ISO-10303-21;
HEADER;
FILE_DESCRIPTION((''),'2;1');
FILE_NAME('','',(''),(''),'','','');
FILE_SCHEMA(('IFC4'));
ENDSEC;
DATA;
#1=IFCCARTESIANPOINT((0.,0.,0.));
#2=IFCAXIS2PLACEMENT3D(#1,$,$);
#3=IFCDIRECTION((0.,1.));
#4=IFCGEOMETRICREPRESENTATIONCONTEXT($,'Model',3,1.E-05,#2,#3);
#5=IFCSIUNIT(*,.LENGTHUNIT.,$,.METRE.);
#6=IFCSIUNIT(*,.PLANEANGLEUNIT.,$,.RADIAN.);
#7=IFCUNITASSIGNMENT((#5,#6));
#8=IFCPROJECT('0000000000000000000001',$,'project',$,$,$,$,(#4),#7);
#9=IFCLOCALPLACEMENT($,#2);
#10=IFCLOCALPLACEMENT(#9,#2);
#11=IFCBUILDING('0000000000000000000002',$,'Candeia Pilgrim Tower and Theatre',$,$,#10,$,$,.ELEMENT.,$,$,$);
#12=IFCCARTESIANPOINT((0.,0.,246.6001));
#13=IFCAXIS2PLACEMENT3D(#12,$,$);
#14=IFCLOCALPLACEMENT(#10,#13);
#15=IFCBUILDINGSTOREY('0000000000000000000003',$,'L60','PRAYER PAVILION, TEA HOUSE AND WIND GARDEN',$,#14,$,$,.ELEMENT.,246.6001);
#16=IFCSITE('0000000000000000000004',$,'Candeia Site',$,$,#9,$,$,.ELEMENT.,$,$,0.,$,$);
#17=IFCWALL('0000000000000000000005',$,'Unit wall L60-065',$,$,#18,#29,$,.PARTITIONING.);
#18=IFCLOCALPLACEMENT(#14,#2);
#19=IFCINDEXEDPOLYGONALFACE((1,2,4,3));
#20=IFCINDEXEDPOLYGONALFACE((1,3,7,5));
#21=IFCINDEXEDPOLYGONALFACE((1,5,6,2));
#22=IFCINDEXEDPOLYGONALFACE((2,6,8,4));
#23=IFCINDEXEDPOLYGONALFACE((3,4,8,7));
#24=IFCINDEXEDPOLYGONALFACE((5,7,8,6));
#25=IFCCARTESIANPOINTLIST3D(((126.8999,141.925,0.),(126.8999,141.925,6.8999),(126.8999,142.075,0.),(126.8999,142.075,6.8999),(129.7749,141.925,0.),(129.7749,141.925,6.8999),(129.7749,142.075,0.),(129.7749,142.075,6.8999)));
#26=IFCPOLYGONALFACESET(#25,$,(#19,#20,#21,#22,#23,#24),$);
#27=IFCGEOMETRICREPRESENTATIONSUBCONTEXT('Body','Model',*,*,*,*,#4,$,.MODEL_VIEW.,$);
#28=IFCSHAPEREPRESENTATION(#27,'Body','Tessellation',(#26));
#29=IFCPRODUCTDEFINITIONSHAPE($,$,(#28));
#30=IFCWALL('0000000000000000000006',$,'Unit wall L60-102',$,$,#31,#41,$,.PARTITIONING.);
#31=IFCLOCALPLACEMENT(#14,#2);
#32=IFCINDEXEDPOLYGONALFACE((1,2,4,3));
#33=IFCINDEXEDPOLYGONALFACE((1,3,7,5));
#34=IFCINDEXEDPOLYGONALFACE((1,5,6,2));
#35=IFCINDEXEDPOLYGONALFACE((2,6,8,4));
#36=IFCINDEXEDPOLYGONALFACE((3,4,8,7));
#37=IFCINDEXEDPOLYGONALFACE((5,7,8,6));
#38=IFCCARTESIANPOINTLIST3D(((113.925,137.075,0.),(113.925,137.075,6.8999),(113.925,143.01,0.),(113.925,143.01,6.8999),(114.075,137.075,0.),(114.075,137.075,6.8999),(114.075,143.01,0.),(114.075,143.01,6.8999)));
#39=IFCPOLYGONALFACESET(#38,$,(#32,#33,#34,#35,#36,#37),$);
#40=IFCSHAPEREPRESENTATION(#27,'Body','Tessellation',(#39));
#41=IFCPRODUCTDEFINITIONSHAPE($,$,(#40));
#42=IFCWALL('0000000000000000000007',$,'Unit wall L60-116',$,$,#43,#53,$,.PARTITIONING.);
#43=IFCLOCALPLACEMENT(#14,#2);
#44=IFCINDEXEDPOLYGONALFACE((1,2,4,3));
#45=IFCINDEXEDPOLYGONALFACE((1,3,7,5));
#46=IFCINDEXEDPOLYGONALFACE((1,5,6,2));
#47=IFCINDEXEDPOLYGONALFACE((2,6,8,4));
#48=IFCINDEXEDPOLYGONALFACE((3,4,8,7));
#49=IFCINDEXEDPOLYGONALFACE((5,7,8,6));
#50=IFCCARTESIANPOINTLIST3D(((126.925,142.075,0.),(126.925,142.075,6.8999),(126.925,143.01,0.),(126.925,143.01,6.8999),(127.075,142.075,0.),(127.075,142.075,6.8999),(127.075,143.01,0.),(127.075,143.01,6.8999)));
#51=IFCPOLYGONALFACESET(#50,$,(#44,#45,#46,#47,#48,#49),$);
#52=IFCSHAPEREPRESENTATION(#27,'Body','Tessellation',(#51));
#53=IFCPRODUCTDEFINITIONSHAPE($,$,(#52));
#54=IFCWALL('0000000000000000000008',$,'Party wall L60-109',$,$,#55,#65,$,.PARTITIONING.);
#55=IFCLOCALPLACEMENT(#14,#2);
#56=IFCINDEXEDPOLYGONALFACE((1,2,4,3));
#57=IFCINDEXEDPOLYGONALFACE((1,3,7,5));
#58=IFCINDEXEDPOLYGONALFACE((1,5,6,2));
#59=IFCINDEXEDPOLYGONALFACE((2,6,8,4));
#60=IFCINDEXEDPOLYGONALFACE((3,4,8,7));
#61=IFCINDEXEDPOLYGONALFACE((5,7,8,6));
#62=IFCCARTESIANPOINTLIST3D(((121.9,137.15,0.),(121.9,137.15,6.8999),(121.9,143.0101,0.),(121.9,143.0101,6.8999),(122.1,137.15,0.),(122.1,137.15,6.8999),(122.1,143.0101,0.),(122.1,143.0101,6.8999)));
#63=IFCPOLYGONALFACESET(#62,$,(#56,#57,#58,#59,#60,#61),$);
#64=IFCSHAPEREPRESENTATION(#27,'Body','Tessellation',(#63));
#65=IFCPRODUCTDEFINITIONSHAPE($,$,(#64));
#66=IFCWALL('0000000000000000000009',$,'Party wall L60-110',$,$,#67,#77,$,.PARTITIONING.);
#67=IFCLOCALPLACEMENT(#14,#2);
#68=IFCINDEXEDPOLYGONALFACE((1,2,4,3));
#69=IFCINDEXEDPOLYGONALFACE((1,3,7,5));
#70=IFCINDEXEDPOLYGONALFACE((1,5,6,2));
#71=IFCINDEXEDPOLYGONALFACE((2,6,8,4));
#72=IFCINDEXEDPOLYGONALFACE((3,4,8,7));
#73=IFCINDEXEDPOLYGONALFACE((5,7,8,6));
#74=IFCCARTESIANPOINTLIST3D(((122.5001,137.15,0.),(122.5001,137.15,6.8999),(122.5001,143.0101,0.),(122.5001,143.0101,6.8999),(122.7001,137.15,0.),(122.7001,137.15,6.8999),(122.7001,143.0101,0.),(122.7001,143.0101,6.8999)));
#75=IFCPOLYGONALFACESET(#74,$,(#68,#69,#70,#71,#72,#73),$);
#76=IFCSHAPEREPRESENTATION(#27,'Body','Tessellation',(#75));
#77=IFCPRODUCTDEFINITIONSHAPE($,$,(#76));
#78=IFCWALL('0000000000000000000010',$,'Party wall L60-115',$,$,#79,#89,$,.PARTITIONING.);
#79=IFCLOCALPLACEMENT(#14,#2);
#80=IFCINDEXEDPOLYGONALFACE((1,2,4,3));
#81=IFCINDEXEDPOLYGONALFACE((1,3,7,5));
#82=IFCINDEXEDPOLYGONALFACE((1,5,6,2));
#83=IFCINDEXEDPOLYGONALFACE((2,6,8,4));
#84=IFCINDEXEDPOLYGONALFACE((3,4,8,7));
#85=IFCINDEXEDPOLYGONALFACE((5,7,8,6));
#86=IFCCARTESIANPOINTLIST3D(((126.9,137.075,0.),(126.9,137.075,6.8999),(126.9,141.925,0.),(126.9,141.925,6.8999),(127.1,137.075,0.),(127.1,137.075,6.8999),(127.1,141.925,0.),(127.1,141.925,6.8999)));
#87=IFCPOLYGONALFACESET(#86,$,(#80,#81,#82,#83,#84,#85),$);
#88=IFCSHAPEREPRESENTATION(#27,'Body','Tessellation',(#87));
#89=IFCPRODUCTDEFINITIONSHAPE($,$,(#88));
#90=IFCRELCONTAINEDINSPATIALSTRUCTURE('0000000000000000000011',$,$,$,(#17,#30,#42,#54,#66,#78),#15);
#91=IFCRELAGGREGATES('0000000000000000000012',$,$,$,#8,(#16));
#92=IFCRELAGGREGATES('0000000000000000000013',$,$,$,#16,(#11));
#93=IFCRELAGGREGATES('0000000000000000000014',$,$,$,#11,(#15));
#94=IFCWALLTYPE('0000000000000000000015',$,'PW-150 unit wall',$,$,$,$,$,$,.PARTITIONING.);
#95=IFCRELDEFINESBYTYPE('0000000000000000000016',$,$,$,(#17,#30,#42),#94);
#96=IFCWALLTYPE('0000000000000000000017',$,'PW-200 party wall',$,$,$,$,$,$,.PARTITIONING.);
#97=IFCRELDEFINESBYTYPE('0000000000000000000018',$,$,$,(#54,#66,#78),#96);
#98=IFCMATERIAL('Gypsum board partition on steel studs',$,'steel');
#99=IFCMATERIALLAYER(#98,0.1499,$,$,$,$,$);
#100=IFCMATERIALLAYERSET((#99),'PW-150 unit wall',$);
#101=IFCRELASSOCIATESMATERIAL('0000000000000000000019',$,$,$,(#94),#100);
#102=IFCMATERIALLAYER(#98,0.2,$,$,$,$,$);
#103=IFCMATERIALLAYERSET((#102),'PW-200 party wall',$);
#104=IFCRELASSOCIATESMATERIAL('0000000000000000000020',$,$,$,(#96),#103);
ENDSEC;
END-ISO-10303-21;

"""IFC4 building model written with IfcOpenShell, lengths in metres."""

from ifc_helpers import new_model, si_unit, direction, frame, frame_2d, origin, place, context, subcontext, project, spatial, rectangle, extrude, material, layer, layer_set, type_object, element, save


model = new_model("IFC4")

# Units and contexts
model_context = context("Model", 3, precision=1e-05, world=origin(), true_north=direction((0.0, 1.0)))
body_context = subcontext(model_context, "Body", "Model", "MODEL_VIEW")
ifc_project = project(units=[si_unit("LENGTHUNIT", "METRE"), si_unit("PLANEANGLEUNIT", "RADIAN")], contexts=[model_context])

# Site, building, storey
site_placement = place(None, origin())
site = spatial("IfcSite", under=ifc_project, at=site_placement, Name="Candeia Site", CompositionType="ELEMENT", RefElevation=0.0)
building_placement = place(site_placement, origin())
building = spatial("IfcBuilding", under=site, at=building_placement, Name="Candeia Pilgrim Tower and Theatre", CompositionType="ELEMENT")
storey_placement = place(building_placement, frame((0.0, 0.0, 246.6001)))
storey = spatial("IfcBuildingStorey", under=building, at=storey_placement, Name="L60", Description="PRAYER PAVILION, TEA HOUSE AND WIND GARDEN", CompositionType="ELEMENT", Elevation=246.6001)

# Shared definitions
ifc_material_1 = material(Name="Gypsum board partition on steel studs", Category="steel")
ifc_layer_1 = layer(ifc_material_1, 0.1499)
ifc_layer_set_1 = layer_set([ifc_layer_1], Name="PW-150 unit wall")
wall_type_1 = type_object("IfcWallType", Name="PW-150 unit wall", PredefinedType="PARTITIONING", material=ifc_layer_set_1)

# Walls
wall_1_placement = place(storey_placement, frame((126.8999, 142.0, 0.0), z_axis=(0.0, 0.0, 1.0), x_axis=(1.0, 0.0, 0.0)))
element("IfcWall", 1, at=wall_1_placement, inside=storey, type_object=wall_type_1, Name="Unit wall L60-065", PredefinedType="PARTITIONING", context=body_context, shape_type="SweptSolid", body=[
    extrude(rectangle(XDim=2.875, YDim=0.1499, at=frame_2d((1.4375, 0.0))), origin(), (0.0, 0.0, 1.0), 6.8999),
])
wall_2_placement = place(storey_placement, frame((114.0, 137.075, 0.0), z_axis=(0.0, 0.0, 1.0), x_axis=(0.0, 1.0, 0.0)))
element("IfcWall", 2, at=wall_2_placement, inside=storey, type_object=wall_type_1, Name="Unit wall L60-102", PredefinedType="PARTITIONING", context=body_context, shape_type="SweptSolid", body=[
    extrude(rectangle(XDim=5.9351, YDim=0.1499, at=frame_2d((2.9675, 0.0))), origin(), (0.0, 0.0, 1.0), 6.8999),
])
wall_3_placement = place(storey_placement, frame((127.0, 142.075, 0.0), z_axis=(0.0, 0.0, 1.0), x_axis=(0.0, 1.0, 0.0)))
element("IfcWall", 3, at=wall_3_placement, inside=storey, type_object=wall_type_1, Name="Unit wall L60-116", PredefinedType="PARTITIONING", context=body_context, shape_type="SweptSolid", body=[
    extrude(rectangle(XDim=0.9351, YDim=0.1499, at=frame_2d((0.4675, 0.0))), origin(), (0.0, 0.0, 1.0), 6.8999),
])
ifc_layer_2 = layer(ifc_material_1, 0.2)
ifc_layer_set_2 = layer_set([ifc_layer_2], Name="PW-200 party wall")
wall_type_2 = type_object("IfcWallType", Name="PW-200 party wall", PredefinedType="PARTITIONING", material=ifc_layer_set_2)
for number, where, z_axis, x_axis, name in (
    (4, (122.0, 137.1499, 0.0), (0.0, 0.0, 1.0), (0.0, 1.0, 0.0), "Party wall L60-109"),
    (5, (122.6001, 137.1499, 0.0), (0.0, 0.0, 1.0), (0.0, 1.0, 0.0), "Party wall L60-110"),
):
    element("IfcWall", number, at=place(storey_placement, frame(where, z_axis=z_axis, x_axis=x_axis)), inside=storey, type_object=wall_type_2, Name=name, PredefinedType="PARTITIONING", context=body_context, shape_type="SweptSolid", body=[
        extrude(rectangle(XDim=5.8601, YDim=0.2, at=frame_2d((2.9302, 0.0))), origin(), (0.0, 0.0, 1.0), 6.8999),
    ])
wall_4_placement = place(storey_placement, frame((127.0, 137.075, 0.0), z_axis=(0.0, 0.0, 1.0), x_axis=(0.0, 1.0, 0.0)))
element("IfcWall", 6, at=wall_4_placement, inside=storey, type_object=wall_type_2, Name="Party wall L60-115", PredefinedType="PARTITIONING", context=body_context, shape_type="SweptSolid", body=[
    extrude(rectangle(XDim=4.8501, YDim=0.2, at=frame_2d((2.425, 0.0))), origin(), (0.0, 0.0, 1.0), 6.8999),
])

save(model, "model.ifc")
